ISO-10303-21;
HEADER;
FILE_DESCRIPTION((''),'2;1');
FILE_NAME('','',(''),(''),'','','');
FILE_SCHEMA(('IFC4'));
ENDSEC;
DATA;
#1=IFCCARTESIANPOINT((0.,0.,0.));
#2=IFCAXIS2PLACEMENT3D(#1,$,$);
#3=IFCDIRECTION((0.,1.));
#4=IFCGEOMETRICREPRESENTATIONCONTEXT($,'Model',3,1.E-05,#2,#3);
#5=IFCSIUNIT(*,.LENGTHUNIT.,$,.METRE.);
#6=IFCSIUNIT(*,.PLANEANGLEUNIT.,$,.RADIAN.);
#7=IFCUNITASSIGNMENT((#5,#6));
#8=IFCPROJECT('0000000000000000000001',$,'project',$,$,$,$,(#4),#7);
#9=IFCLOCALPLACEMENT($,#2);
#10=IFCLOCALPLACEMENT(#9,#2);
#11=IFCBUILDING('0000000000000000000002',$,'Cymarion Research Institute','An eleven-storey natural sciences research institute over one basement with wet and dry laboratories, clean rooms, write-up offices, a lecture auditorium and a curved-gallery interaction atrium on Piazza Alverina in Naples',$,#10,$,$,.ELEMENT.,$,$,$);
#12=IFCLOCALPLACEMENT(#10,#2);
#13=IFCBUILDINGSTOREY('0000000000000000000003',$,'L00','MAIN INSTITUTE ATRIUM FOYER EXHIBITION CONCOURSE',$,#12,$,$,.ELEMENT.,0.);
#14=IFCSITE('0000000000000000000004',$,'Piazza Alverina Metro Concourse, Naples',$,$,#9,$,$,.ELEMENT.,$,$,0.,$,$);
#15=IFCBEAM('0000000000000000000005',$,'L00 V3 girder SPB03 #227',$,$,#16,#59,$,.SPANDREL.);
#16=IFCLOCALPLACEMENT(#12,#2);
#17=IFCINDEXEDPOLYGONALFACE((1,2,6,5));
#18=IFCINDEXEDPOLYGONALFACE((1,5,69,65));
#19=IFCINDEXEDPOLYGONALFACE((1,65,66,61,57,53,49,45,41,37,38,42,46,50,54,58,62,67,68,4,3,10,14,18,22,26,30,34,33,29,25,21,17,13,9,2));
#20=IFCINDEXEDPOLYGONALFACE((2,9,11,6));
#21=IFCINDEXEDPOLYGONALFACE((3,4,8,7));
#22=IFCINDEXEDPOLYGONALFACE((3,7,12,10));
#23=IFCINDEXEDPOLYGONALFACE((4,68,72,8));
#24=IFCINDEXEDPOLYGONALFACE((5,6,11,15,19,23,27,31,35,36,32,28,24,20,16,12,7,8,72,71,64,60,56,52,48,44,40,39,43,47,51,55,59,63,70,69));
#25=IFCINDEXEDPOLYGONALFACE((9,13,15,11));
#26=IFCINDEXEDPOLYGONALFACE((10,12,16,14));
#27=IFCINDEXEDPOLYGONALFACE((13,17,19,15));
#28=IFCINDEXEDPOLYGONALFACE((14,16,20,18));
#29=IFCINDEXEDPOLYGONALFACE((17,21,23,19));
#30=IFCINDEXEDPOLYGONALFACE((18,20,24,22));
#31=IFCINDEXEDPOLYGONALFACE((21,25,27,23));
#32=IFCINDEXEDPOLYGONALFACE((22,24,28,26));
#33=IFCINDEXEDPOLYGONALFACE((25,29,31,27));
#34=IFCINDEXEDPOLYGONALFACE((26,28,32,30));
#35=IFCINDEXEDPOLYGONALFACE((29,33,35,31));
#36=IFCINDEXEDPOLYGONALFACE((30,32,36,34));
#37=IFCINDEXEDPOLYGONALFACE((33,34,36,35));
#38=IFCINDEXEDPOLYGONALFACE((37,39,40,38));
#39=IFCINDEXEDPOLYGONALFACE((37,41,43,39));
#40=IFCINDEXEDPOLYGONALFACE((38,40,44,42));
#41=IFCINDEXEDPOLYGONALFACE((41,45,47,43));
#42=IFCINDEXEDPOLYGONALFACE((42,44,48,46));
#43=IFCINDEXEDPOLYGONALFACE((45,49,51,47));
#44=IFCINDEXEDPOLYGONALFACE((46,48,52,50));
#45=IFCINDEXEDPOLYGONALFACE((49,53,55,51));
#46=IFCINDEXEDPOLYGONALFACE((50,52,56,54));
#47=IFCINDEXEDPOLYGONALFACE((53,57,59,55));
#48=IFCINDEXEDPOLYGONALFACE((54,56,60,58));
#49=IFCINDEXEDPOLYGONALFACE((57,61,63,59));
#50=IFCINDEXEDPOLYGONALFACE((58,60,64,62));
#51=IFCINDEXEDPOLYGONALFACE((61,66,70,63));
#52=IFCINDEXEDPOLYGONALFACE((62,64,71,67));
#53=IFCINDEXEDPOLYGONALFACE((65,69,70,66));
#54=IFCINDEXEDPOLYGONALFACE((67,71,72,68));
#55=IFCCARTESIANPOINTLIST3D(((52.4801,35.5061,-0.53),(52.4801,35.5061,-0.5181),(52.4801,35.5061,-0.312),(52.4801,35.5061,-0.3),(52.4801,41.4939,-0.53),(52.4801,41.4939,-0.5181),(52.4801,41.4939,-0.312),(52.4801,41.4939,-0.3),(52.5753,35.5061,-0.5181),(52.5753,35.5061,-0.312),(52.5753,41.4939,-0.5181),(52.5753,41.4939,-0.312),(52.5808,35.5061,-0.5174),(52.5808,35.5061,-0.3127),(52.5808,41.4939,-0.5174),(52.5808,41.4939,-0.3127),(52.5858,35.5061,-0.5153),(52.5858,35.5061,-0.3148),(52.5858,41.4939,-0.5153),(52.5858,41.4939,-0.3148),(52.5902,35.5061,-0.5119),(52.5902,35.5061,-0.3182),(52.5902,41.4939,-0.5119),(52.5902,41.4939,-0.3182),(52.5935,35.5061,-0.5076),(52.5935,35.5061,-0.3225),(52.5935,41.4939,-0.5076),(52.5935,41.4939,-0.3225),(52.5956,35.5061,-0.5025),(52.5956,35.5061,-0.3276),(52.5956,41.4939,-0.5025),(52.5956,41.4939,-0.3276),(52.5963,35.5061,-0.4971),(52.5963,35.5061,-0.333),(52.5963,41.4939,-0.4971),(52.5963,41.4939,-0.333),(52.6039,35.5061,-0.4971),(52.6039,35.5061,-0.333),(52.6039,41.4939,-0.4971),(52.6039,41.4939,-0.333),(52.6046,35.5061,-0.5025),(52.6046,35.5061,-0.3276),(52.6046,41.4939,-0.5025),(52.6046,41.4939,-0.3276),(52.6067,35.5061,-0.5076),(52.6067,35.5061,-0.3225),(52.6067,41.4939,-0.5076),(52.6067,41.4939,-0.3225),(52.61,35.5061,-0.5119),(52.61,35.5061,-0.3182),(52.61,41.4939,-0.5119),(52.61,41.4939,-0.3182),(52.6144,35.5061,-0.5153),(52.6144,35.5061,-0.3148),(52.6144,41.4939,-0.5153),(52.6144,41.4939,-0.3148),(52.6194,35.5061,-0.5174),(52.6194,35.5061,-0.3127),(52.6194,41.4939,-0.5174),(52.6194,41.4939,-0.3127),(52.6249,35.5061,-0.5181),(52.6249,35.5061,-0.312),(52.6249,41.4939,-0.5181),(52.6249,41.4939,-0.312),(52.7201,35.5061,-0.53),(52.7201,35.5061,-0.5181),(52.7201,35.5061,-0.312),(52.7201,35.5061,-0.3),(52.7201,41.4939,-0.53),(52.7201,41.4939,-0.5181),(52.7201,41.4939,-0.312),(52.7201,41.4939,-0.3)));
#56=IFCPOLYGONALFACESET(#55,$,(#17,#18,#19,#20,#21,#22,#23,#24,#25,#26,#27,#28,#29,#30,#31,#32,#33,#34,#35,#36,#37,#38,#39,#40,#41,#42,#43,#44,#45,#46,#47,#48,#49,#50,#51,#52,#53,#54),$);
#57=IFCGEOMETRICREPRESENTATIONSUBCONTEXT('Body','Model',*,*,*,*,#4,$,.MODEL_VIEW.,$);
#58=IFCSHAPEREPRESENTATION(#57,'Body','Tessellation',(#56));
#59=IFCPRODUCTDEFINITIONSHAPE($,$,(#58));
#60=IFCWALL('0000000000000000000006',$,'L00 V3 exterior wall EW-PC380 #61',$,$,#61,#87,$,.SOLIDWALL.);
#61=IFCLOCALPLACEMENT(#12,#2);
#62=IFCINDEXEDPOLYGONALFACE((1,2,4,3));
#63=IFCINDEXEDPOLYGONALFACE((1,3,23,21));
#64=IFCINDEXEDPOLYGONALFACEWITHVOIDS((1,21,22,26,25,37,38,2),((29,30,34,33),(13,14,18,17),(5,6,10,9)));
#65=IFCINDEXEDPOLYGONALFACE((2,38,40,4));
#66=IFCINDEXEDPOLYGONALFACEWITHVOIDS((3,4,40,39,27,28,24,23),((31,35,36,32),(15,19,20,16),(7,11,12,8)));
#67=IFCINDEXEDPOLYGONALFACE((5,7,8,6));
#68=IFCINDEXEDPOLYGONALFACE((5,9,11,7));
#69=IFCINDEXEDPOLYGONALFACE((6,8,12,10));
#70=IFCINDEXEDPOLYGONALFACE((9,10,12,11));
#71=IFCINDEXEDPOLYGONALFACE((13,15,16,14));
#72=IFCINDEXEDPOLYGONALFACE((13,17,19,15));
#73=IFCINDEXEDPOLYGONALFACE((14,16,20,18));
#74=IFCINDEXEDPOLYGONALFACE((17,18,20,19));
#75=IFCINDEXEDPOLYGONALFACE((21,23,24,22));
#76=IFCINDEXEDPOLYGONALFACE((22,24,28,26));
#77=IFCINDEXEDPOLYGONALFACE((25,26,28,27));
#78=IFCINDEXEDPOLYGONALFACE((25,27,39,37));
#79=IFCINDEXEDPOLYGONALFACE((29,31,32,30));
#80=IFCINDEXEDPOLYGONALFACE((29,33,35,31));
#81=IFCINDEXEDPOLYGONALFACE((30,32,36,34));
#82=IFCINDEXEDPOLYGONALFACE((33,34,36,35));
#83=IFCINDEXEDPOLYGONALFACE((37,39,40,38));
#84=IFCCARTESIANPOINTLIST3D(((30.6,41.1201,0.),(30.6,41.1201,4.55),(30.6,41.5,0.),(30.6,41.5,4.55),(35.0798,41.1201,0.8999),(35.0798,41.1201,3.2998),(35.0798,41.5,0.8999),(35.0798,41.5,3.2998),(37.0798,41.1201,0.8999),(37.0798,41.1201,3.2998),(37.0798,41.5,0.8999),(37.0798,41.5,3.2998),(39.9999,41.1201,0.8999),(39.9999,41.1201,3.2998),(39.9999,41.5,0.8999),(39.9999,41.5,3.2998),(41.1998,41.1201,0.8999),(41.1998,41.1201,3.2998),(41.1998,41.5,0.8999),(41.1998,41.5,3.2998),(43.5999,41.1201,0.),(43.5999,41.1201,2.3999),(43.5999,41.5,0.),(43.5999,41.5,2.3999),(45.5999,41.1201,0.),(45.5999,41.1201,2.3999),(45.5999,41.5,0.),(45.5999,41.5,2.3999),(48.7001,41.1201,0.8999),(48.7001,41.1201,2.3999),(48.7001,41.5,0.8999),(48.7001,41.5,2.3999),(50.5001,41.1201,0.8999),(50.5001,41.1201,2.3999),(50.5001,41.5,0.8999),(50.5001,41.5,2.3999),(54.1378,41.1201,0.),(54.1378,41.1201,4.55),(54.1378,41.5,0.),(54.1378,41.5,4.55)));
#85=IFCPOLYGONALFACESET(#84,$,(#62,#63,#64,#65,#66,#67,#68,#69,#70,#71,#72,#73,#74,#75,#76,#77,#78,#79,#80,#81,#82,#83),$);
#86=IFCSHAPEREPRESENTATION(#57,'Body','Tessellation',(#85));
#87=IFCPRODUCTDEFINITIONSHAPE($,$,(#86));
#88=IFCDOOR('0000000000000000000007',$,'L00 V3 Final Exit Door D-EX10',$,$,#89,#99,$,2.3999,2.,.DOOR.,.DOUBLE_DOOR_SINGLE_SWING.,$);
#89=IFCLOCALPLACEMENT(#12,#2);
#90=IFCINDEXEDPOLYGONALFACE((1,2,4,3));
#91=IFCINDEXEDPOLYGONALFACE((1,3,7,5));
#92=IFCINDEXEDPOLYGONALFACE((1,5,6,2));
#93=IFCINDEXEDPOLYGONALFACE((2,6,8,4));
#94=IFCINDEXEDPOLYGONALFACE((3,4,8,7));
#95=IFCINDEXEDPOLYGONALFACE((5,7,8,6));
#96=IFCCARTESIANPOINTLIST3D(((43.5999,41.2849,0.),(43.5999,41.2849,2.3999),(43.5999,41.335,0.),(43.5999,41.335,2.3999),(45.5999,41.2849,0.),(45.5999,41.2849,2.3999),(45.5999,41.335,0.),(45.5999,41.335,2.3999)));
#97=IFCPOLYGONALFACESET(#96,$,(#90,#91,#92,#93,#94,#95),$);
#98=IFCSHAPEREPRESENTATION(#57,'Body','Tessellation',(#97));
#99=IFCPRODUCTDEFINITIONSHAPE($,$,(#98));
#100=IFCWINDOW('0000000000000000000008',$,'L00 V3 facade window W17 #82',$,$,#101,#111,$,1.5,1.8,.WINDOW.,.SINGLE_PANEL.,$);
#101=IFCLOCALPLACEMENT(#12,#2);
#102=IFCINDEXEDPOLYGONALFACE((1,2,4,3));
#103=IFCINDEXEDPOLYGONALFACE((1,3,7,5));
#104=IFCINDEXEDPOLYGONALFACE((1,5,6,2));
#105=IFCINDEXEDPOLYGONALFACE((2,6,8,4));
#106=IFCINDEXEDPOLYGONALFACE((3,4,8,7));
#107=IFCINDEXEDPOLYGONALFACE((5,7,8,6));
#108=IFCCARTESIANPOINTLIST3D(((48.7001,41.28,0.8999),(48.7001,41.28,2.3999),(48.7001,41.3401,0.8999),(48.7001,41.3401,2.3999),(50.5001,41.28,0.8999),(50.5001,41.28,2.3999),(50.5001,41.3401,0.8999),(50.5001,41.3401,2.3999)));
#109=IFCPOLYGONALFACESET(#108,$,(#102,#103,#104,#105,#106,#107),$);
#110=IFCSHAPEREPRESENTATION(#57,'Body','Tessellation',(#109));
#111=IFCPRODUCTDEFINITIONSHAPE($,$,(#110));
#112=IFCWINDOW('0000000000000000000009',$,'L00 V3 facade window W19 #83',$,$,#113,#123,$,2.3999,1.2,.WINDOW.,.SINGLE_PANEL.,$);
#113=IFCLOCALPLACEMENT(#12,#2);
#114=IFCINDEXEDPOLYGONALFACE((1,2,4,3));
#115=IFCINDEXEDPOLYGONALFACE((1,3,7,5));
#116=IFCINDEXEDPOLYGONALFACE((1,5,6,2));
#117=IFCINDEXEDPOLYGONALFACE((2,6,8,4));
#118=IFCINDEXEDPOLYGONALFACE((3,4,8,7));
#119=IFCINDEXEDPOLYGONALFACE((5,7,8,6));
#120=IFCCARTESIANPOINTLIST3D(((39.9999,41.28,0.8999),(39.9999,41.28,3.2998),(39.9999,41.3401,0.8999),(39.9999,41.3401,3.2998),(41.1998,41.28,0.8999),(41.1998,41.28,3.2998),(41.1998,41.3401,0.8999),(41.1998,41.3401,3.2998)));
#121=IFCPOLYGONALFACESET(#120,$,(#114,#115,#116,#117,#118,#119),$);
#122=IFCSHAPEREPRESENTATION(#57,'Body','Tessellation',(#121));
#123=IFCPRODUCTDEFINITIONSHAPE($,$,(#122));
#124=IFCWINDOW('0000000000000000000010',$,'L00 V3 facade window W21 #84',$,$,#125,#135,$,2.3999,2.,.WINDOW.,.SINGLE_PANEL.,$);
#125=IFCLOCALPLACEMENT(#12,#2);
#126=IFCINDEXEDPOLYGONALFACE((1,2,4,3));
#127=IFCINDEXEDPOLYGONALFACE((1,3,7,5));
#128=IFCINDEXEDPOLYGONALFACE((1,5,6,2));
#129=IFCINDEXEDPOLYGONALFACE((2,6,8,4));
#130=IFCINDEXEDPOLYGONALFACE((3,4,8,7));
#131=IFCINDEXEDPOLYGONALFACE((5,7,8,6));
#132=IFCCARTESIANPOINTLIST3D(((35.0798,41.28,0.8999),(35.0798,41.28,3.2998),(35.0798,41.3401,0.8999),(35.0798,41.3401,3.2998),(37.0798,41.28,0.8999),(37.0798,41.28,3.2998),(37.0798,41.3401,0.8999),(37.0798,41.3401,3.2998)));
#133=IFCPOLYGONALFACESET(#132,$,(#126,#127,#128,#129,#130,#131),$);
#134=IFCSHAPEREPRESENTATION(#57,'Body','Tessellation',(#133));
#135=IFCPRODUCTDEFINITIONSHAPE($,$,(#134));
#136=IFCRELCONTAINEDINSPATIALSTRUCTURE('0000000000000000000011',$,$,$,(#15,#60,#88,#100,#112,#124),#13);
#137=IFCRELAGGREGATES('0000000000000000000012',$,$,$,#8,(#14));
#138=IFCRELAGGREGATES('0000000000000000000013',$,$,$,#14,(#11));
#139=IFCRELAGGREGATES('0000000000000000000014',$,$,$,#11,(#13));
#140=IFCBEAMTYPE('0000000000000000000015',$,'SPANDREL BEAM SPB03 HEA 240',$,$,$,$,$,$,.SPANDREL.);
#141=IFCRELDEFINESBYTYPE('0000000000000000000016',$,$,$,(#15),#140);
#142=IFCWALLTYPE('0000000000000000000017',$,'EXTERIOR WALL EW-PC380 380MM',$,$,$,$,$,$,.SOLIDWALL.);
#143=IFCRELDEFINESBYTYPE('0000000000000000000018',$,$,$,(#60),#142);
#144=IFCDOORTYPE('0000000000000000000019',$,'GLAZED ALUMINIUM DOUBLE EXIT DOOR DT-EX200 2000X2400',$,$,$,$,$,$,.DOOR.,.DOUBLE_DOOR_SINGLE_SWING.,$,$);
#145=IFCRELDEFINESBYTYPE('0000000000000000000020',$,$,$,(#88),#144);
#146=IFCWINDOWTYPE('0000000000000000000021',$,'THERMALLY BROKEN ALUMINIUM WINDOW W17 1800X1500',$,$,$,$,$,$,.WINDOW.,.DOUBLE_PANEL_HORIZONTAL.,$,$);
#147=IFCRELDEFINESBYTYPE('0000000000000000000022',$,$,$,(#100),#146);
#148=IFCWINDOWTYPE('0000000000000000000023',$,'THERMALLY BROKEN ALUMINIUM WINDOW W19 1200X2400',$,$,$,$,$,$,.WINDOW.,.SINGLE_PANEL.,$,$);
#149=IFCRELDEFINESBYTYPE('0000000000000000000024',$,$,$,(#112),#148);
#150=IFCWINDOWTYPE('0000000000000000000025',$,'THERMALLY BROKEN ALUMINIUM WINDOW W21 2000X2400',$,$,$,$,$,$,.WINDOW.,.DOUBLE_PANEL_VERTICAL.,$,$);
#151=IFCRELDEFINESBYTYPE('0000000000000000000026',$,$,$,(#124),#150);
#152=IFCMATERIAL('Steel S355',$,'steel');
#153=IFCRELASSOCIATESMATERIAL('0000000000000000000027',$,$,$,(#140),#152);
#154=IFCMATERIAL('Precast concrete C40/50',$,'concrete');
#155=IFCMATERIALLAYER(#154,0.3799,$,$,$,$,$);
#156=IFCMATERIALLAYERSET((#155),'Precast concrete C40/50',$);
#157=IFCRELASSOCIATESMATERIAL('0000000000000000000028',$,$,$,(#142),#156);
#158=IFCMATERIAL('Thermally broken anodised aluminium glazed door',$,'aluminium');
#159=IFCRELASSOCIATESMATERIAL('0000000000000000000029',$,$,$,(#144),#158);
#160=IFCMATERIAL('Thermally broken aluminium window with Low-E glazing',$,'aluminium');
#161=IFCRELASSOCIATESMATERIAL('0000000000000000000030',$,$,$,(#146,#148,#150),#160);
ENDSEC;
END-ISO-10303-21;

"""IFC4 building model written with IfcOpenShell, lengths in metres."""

from ifc_helpers import new_model, si_unit, direction, frame, frame_2d, origin, origin_2d, place, context, subcontext, project, spatial, rectangle, i_section, extrude, material, layer, layer_set, material_profile, profile_set, type_object, element, fill, save


model = new_model("IFC4")

# Units and contexts
model_context = context("Model", 3, precision=1e-05, world=origin(), true_north=direction((0.0, 1.0)))
body_context = subcontext(model_context, "Body", "Model", "MODEL_VIEW")
ifc_project = project(units=[si_unit("LENGTHUNIT", "METRE"), si_unit("PLANEANGLEUNIT", "RADIAN")], contexts=[model_context])

# Site, building, storey
site_placement = place(None, origin())
site = spatial("IfcSite", under=ifc_project, at=site_placement, Name="Piazza Alverina Metro Concourse, Naples", CompositionType="ELEMENT", RefElevation=0.0)
building_placement = place(site_placement, origin())
building = spatial("IfcBuilding", under=site, at=building_placement, Name="Cymarion Research Institute", Description="An eleven-storey natural sciences research institute over one basement with wet and dry laboratories, clean rooms, write-up offices, a lecture auditorium and a curved-gallery interaction atrium on Piazza Alverina in Naples", CompositionType="ELEMENT")
storey_placement = place(building_placement, origin())
storey = spatial("IfcBuildingStorey", under=building, at=storey_placement, Name="L00", Description="MAIN INSTITUTE ATRIUM FOYER EXHIBITION CONCOURSE", CompositionType="ELEMENT", Elevation=0.0)

# Shared definitions
ifc_material_1 = material(Name="Steel S355", Category="steel")

# Beam
ifc_material_profile_1 = material_profile(ifc_material_1, i_section(OverallWidth=0.24, OverallDepth=0.23, WebThickness=0.0076, FlangeThickness=0.012, FilletRadius=0.021, at=origin_2d()), Name="HEA 240")
ifc_profile_set_1 = profile_set([ifc_material_profile_1], Name="Steel S355")
beam_type = type_object("IfcBeamType", Name="SPANDREL BEAM SPB03 HEA 240", PredefinedType="SPANDREL", material=ifc_profile_set_1)
for number, where, z_axis, x_axis, name in (
    (1, (52.6001, 35.5061, -0.415), (0.0, 1.0, 0.0), (-1.0, 0.0, 0.0), "L00 V3 girder SPB03 #227"),
):
    element("IfcBeam", number, at=place(storey_placement, frame(where, z_axis=z_axis, x_axis=x_axis)), inside=storey, type_object=beam_type, Name=name, PredefinedType="SPANDREL", context=body_context, shape_type="SweptSolid", body=[
        extrude(i_section(OverallWidth=0.24, OverallDepth=0.23, WebThickness=0.0076, FlangeThickness=0.012, FilletRadius=0.021, at=origin_2d()), origin(), (0.0, 0.0, 1.0), 5.9878),
    ])

# Wall, openings, door, windows
ifc_material_2 = material(Name="Precast concrete C40/50", Category="concrete")
ifc_layer_1 = layer(ifc_material_2, 0.3799)
ifc_layer_set_1 = layer_set([ifc_layer_1], Name="Precast concrete C40/50")
wall_type_1 = type_object("IfcWallType", Name="EXTERIOR WALL EW-PC380 380MM", PredefinedType="SOLIDWALL", material=ifc_layer_set_1)
wall_1_placement = place(storey_placement, frame((54.1379, 41.3101, 0.0), z_axis=(0.0, 0.0, 1.0), x_axis=(-1.0, 0.0, 0.0)))
wall_1 = element("IfcWall", 2, at=wall_1_placement, inside=storey, type_object=wall_type_1, Name="L00 V3 exterior wall EW-PC380 #61", PredefinedType="SOLIDWALL", context=body_context, shape_type="SweptSolid", body=[
    extrude(rectangle(XDim=23.5378, YDim=0.3799, at=frame_2d((11.769, 0.0))), origin(), (0.0, 0.0, 1.0), 4.55),
])
opening_1_placement = place(wall_1_placement, frame((8.5381, 0.0, 0.0)))
opening_1 = element("IfcOpeningElement", 3, at=opening_1_placement, cuts=wall_1, PredefinedType="OPENING", context=body_context, shape_type="SweptSolid", body=[
    extrude(rectangle(XDim=2.0, YDim=2.3999, at=frame_2d((1.0, 1.2))), frame((0.0, 0.2, 0.0), z_axis=(0.0, -1.0, 0.0), x_axis=(1.0, 0.0, 0.0)), (0.0, 0.0, 1.0), 0.3999),
])
opening_2_placement = place(wall_1_placement, frame((3.6379, 0.0, 0.8999)))
opening_2 = element("IfcOpeningElement", 4, at=opening_2_placement, cuts=wall_1, PredefinedType="OPENING", context=body_context, shape_type="SweptSolid", body=[
    extrude(rectangle(XDim=1.8, YDim=1.5, at=frame_2d((0.8999, 0.75))), frame((0.0, 0.2, 0.0), z_axis=(0.0, -1.0, 0.0), x_axis=(1.0, 0.0, 0.0)), (0.0, 0.0, 1.0), 0.3999),
])
opening_3_placement = place(wall_1_placement, frame((12.938, 0.0, 0.8999)))
opening_3 = element("IfcOpeningElement", 5, at=opening_3_placement, cuts=wall_1, PredefinedType="OPENING", context=body_context, shape_type="SweptSolid", body=[
    extrude(rectangle(XDim=1.2, YDim=2.3999, at=frame_2d((0.6001, 1.2))), frame((0.0, 0.2, 0.0), z_axis=(0.0, -1.0, 0.0), x_axis=(1.0, 0.0, 0.0)), (0.0, 0.0, 1.0), 0.3999),
])
opening_4_placement = place(wall_1_placement, frame((17.0581, 0.0, 0.8999)))
opening_4 = element("IfcOpeningElement", 6, at=opening_4_placement, cuts=wall_1, PredefinedType="OPENING", context=body_context, shape_type="SweptSolid", body=[
    extrude(rectangle(XDim=2.0, YDim=2.3999, at=frame_2d((1.0, 1.2))), frame((0.0, 0.2, 0.0), z_axis=(0.0, -1.0, 0.0), x_axis=(1.0, 0.0, 0.0)), (0.0, 0.0, 1.0), 0.3999),
])
ifc_material_3 = material(Name="Thermally broken anodised aluminium glazed door", Category="aluminium")
door_type = type_object("IfcDoorType", Name="GLAZED ALUMINIUM DOUBLE EXIT DOOR DT-EX200 2000X2400", OperationType="DOUBLE_DOOR_SINGLE_SWING", PredefinedType="DOOR", material=ifc_material_3)
door_placement = place(opening_1_placement, frame((2.0, 0.0, 0.0), z_axis=(0.0, 0.0, 1.0), x_axis=(-1.0, 0.0, 0.0)))
door = element("IfcDoor", 7, at=door_placement, inside=storey, type_object=door_type, Name="L00 V3 Final Exit Door D-EX10", OperationType="DOUBLE_DOOR_SINGLE_SWING", OverallHeight=2.3999, OverallWidth=2.0, PredefinedType="DOOR", context=body_context, shape_type="SweptSolid", body=[
    extrude(rectangle(XDim=2.0, YDim=2.3999, at=frame_2d((1.0, 1.2))), frame((0.0, 0.0249, 0.0), z_axis=(0.0, -1.0, 0.0), x_axis=(1.0, 0.0, 0.0)), (0.0, 0.0, 1.0), 0.05),
])
fill(opening_1, door)
ifc_material_4 = material(Name="Thermally broken aluminium window with Low-E glazing", Category="aluminium")
window_type_1 = type_object("IfcWindowType", Name="THERMALLY BROKEN ALUMINIUM WINDOW W17 1800X1500", PartitioningType="DOUBLE_PANEL_HORIZONTAL", PredefinedType="WINDOW", material=ifc_material_4)
window_1_placement = place(opening_2_placement, origin())
window_1 = element("IfcWindow", 8, at=window_1_placement, inside=storey, type_object=window_type_1, Name="L00 V3 facade window W17 #82", OverallHeight=1.5, OverallWidth=1.8, PartitioningType="SINGLE_PANEL", PredefinedType="WINDOW", context=body_context, shape_type="SweptSolid", body=[
    extrude(rectangle(XDim=1.8, YDim=1.5, at=frame_2d((0.8999, 0.75))), frame((0.0, 0.03, 0.0), z_axis=(0.0, -1.0, 0.0), x_axis=(1.0, 0.0, 0.0)), (0.0, 0.0, 1.0), 0.0601),
])
fill(opening_2, window_1)
window_type_2 = type_object("IfcWindowType", Name="THERMALLY BROKEN ALUMINIUM WINDOW W19 1200X2400", PartitioningType="SINGLE_PANEL", PredefinedType="WINDOW", material=ifc_material_4)
window_2_placement = place(opening_3_placement, origin())
window_2 = element("IfcWindow", 9, at=window_2_placement, inside=storey, type_object=window_type_2, Name="L00 V3 facade window W19 #83", OverallHeight=2.3999, OverallWidth=1.2, PartitioningType="SINGLE_PANEL", PredefinedType="WINDOW", context=body_context, shape_type="SweptSolid", body=[
    extrude(rectangle(XDim=1.2, YDim=2.3999, at=frame_2d((0.6001, 1.2))), frame((0.0, 0.03, 0.0), z_axis=(0.0, -1.0, 0.0), x_axis=(1.0, 0.0, 0.0)), (0.0, 0.0, 1.0), 0.0601),
])
fill(opening_3, window_2)
window_type_3 = type_object("IfcWindowType", Name="THERMALLY BROKEN ALUMINIUM WINDOW W21 2000X2400", PartitioningType="DOUBLE_PANEL_VERTICAL", PredefinedType="WINDOW", material=ifc_material_4)
window_3_placement = place(opening_4_placement, origin())
window_3 = element("IfcWindow", 10, at=window_3_placement, inside=storey, type_object=window_type_3, Name="L00 V3 facade window W21 #84", OverallHeight=2.3999, OverallWidth=2.0, PartitioningType="SINGLE_PANEL", PredefinedType="WINDOW", context=body_context, shape_type="SweptSolid", body=[
    extrude(rectangle(XDim=2.0, YDim=2.3999, at=frame_2d((1.0, 1.2))), frame((0.0, 0.03, 0.0), z_axis=(0.0, -1.0, 0.0), x_axis=(1.0, 0.0, 0.0)), (0.0, 0.0, 1.0), 0.0601),
])
fill(opening_4, window_3)

save(model, "model.ifc")
